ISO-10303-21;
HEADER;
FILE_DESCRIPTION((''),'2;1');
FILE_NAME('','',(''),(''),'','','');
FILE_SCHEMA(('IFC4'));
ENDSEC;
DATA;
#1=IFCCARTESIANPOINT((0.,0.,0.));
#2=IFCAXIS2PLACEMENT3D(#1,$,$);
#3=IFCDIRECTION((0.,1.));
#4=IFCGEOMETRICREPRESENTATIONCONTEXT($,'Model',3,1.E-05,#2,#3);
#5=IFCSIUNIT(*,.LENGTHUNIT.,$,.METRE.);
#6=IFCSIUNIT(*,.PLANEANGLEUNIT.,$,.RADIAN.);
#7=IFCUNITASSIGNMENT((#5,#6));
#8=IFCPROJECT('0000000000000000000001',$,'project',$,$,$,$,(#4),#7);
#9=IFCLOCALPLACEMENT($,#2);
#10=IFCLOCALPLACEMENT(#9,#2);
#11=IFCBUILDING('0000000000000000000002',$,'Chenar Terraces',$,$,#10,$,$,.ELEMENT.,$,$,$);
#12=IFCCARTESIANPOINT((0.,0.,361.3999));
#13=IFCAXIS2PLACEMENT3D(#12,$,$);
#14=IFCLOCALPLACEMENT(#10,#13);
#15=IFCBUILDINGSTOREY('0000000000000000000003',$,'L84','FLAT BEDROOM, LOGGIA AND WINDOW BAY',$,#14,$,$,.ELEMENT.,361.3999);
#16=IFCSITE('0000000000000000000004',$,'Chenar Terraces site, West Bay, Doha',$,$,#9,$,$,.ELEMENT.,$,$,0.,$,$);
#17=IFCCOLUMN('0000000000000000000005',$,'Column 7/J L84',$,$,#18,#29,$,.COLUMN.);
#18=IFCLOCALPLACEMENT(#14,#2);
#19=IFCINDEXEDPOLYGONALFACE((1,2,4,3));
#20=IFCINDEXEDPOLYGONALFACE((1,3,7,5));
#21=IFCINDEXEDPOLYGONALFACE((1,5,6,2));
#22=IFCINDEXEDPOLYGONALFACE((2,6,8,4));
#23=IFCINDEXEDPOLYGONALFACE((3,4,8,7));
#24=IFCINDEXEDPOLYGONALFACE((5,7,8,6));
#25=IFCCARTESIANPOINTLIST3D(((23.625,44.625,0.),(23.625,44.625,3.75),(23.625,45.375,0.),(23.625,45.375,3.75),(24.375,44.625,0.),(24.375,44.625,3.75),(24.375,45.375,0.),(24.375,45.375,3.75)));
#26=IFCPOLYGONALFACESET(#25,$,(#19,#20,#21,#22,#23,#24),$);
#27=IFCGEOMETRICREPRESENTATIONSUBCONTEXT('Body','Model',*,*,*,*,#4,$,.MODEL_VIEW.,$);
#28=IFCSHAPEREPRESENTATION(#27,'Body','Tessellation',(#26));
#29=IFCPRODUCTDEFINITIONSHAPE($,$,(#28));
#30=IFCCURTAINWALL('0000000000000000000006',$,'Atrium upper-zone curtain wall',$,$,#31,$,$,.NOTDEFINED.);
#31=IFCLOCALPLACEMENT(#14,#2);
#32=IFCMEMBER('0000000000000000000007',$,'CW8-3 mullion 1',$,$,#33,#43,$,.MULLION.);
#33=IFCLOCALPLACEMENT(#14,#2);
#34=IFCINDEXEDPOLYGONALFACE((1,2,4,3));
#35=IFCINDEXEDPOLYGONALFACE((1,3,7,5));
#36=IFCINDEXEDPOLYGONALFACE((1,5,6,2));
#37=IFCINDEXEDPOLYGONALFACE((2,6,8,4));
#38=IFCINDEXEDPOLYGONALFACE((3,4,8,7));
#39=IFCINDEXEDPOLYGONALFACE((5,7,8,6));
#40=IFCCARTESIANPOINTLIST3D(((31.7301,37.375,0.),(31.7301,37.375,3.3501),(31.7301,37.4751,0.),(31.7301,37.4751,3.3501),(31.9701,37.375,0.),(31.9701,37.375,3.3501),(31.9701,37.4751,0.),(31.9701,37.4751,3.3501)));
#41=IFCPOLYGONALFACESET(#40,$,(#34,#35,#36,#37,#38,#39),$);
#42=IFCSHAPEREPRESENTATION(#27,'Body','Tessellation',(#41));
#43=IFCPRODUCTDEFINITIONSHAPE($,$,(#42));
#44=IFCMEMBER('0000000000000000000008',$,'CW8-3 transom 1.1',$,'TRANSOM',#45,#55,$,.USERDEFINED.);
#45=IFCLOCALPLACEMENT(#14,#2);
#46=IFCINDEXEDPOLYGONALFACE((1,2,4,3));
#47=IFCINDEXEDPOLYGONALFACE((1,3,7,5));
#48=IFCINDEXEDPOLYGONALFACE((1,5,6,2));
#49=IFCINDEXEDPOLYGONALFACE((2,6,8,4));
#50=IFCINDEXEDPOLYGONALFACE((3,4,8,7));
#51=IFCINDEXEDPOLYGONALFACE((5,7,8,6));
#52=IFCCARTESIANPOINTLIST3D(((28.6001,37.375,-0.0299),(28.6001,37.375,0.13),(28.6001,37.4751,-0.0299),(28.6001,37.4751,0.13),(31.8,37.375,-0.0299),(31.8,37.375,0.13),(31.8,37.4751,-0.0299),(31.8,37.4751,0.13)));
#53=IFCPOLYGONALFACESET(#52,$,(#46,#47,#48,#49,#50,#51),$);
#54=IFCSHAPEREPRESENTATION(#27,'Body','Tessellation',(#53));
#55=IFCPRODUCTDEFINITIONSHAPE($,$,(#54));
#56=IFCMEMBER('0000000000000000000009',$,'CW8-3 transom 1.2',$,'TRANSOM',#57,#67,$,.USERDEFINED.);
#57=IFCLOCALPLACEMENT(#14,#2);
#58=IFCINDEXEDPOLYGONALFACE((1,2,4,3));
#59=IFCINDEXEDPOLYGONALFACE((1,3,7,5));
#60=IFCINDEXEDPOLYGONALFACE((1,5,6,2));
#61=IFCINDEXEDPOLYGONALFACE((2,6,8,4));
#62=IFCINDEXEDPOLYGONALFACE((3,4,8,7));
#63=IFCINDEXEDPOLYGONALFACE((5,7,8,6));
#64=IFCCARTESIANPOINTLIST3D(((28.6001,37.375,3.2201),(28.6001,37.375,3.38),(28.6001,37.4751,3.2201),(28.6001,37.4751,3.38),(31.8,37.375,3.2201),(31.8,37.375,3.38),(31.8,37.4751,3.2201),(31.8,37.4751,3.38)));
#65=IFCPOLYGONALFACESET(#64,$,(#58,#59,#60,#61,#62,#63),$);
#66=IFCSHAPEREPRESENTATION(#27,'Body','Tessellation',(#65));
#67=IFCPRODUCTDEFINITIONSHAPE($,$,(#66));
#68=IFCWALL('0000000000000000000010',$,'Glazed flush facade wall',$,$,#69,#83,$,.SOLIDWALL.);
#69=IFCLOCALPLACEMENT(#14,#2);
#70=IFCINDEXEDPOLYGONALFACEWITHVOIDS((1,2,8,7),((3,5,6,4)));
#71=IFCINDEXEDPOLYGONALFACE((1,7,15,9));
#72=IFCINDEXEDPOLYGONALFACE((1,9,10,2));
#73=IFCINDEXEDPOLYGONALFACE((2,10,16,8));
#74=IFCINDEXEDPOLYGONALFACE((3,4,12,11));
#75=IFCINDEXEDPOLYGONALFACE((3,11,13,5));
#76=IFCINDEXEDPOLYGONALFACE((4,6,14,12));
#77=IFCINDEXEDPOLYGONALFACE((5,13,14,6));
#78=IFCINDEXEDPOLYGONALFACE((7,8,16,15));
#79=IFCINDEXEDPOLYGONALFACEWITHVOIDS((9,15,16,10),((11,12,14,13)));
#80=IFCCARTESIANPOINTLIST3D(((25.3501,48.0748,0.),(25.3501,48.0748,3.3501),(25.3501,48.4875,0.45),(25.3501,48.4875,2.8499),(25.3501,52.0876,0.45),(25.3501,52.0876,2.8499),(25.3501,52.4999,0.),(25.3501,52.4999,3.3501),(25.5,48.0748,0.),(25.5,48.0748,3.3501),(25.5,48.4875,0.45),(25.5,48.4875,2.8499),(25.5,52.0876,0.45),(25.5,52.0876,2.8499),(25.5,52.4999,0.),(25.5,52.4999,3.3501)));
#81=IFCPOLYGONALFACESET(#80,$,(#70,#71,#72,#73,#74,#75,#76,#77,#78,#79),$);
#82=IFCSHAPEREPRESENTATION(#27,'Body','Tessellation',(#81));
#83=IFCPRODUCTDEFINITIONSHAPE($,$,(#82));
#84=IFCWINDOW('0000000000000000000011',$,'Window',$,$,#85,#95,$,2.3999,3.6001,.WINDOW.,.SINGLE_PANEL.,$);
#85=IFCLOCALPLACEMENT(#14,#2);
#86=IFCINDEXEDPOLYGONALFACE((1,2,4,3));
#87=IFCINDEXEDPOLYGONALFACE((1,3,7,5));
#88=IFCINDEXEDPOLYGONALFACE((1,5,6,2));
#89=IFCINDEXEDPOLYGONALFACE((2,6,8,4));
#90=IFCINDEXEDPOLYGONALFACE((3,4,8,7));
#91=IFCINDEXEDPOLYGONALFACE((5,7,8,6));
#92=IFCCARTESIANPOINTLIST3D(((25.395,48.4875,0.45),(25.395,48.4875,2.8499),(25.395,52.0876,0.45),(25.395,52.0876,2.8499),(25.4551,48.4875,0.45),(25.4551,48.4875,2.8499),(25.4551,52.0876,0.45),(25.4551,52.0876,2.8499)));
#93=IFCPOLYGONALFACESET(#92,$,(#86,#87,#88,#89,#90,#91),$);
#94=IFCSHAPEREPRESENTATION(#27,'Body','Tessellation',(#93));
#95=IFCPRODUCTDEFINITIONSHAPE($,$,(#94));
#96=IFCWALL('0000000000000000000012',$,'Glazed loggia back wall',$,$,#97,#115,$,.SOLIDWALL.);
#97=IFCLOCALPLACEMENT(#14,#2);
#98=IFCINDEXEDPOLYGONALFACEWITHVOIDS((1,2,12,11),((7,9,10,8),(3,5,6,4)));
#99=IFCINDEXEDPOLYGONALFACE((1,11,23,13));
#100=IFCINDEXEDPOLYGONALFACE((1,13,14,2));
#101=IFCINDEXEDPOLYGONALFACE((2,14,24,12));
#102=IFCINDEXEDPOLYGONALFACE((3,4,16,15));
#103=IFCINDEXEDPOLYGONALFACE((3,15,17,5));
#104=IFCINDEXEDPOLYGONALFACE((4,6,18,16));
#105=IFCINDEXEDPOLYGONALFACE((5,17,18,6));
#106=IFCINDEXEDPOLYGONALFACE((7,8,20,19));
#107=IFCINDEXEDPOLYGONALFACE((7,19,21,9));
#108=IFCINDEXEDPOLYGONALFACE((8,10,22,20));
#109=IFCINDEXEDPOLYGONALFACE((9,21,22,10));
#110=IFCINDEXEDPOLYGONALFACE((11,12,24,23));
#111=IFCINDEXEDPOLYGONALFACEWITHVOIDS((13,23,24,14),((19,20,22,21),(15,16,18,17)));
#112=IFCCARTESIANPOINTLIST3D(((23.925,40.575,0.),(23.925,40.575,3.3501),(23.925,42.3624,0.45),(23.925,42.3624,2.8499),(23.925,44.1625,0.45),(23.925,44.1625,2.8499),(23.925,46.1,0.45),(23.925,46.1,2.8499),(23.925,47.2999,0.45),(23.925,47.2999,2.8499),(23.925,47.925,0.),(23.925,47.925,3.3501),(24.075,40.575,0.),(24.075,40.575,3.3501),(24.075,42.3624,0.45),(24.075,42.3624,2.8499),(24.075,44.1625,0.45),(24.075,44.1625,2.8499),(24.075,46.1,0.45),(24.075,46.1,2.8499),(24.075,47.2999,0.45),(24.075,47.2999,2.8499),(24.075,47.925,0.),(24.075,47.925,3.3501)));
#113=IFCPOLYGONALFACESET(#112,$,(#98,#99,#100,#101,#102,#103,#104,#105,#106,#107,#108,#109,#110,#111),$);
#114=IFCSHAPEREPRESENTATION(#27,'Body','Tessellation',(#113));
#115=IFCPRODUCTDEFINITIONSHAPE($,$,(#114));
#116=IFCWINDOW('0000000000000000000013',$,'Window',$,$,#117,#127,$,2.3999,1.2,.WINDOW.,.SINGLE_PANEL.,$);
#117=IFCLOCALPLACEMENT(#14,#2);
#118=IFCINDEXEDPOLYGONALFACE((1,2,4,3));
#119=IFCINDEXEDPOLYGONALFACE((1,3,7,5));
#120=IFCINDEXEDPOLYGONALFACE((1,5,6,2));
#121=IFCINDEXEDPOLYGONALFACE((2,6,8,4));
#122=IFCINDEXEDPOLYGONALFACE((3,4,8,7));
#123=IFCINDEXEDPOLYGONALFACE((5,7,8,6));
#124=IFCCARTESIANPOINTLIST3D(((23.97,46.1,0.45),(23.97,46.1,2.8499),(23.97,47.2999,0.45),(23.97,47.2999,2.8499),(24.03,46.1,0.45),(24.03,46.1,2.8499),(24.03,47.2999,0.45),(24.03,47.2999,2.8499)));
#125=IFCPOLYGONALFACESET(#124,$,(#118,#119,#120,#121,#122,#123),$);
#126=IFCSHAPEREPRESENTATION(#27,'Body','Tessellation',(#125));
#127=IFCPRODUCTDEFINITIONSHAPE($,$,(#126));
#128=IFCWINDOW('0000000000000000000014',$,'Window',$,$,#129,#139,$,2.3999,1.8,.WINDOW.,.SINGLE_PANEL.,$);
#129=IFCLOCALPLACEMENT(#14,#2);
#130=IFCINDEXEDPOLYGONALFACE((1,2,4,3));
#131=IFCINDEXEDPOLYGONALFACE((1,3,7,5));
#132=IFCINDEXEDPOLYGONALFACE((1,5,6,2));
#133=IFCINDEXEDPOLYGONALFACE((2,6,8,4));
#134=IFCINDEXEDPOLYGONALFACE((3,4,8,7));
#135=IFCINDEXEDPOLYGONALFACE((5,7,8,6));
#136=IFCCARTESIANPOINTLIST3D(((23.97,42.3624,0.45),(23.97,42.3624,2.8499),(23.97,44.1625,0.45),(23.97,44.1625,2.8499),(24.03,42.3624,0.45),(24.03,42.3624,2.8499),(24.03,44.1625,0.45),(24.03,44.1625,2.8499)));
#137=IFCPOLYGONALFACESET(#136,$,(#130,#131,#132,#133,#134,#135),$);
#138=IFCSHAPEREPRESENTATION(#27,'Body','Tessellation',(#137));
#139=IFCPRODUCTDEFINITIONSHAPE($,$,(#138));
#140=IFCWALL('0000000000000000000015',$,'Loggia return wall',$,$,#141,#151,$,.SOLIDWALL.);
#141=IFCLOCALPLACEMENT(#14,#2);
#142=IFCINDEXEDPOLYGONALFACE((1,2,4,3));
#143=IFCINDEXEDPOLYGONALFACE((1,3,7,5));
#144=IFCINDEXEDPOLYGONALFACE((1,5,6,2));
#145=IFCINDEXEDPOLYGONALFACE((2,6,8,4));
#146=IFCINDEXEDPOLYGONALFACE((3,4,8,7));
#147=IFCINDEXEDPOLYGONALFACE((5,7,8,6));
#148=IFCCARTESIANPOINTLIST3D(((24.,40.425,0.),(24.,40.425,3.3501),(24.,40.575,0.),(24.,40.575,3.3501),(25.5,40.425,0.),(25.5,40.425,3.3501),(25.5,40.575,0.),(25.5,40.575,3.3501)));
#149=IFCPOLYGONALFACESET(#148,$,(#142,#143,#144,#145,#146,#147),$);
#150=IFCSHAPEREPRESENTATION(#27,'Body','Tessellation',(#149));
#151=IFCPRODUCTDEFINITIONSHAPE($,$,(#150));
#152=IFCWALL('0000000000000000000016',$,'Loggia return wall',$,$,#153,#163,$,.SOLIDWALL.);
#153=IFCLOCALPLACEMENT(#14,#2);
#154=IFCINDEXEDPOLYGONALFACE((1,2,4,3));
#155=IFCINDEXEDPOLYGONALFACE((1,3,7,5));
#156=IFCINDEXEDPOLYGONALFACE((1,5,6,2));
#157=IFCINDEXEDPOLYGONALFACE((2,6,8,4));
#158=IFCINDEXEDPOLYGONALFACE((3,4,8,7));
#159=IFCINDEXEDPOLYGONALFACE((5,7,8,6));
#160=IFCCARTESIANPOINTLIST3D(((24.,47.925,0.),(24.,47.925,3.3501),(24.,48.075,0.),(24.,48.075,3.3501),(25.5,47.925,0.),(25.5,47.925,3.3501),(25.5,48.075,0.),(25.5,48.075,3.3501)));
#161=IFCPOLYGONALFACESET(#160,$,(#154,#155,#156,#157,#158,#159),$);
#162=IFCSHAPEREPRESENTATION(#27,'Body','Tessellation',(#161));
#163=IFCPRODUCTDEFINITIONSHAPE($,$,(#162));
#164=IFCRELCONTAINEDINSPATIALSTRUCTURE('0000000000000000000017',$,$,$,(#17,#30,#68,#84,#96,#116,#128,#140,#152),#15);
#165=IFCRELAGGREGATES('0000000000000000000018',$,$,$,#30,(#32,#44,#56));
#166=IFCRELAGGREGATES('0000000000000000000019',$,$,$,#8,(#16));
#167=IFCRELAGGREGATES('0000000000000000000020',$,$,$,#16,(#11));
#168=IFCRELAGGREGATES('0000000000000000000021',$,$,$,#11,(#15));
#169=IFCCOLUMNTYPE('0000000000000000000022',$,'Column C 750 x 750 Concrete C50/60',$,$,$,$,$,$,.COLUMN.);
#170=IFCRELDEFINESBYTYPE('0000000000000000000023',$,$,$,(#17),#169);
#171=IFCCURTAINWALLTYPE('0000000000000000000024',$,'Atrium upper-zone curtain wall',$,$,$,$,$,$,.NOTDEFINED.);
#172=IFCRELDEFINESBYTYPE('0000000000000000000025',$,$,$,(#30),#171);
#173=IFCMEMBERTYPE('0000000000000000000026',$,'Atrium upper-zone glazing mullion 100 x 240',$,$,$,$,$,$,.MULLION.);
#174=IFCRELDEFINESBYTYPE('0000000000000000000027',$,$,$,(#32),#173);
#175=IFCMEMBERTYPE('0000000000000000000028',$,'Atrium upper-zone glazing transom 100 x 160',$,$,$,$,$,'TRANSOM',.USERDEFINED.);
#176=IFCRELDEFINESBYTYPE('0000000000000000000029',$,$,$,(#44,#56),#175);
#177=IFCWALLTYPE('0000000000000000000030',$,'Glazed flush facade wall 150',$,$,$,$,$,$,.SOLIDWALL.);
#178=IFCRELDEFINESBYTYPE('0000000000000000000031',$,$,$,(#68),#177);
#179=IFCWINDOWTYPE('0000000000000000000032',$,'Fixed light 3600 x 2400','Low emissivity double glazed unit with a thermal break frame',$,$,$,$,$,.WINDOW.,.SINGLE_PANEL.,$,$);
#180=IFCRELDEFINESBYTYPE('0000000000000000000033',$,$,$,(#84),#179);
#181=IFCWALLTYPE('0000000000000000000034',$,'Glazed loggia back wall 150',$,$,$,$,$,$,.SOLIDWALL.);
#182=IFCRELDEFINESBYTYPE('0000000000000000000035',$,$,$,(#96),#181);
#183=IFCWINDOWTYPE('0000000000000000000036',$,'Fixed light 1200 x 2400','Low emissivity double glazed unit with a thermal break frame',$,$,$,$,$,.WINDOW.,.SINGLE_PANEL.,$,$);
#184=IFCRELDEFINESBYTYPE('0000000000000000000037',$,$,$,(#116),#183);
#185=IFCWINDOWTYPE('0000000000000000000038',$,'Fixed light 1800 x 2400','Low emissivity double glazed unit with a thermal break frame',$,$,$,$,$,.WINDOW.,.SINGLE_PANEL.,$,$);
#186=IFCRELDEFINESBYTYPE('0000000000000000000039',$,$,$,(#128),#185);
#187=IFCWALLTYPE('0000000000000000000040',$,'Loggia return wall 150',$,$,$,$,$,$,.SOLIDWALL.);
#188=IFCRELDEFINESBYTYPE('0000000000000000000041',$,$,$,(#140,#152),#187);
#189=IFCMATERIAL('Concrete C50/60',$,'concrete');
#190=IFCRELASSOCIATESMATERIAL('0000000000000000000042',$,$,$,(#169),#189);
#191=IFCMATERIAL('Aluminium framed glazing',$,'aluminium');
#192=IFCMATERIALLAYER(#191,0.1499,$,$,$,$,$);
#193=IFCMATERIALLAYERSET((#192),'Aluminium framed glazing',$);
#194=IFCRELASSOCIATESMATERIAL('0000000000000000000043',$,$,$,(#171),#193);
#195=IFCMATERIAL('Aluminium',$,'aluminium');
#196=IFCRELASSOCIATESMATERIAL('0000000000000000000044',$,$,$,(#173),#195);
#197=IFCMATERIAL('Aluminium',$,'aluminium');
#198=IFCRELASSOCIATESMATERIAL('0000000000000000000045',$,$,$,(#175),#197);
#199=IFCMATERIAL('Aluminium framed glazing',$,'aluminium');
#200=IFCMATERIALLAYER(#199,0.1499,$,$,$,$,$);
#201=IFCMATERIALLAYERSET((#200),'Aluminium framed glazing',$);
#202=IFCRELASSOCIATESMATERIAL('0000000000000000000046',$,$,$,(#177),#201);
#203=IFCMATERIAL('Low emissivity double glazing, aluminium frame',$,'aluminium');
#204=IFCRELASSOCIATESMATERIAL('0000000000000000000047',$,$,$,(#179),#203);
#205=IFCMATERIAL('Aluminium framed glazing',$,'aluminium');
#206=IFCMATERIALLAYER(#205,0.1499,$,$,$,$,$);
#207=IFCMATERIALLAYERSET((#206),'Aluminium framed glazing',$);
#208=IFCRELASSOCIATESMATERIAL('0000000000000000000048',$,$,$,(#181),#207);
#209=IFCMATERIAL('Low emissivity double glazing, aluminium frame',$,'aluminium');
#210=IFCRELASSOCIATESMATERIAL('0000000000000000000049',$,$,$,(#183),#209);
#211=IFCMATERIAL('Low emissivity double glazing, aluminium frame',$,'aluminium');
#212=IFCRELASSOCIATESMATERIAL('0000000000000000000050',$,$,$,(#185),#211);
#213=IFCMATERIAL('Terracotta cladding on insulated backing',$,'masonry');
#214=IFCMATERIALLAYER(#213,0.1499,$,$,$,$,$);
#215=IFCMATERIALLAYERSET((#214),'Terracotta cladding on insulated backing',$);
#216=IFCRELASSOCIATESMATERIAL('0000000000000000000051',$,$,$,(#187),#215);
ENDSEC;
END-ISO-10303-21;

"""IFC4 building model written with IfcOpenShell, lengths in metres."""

from ifc_helpers import new_model, si_unit, direction, frame, frame_2d, origin, origin_2d, place, context, subcontext, project, spatial, rectangle, extrude, material, layer, layer_set, material_profile, profile_set, type_object, element, fill, aggregate, save


model = new_model("IFC4")

# Units and contexts
model_context = context("Model", 3, precision=1e-05, world=origin(), true_north=direction((0.0, 1.0)))
body_context = subcontext(model_context, "Body", "Model", "MODEL_VIEW")
ifc_project = project(units=[si_unit("LENGTHUNIT", "METRE"), si_unit("PLANEANGLEUNIT", "RADIAN")], contexts=[model_context])

# Site, building, storey
site_placement = place(None, origin())
site = spatial("IfcSite", under=ifc_project, at=site_placement, Name="Chenar Terraces site, West Bay, Doha", CompositionType="ELEMENT", RefElevation=0.0)
building_placement = place(site_placement, origin())
building = spatial("IfcBuilding", under=site, at=building_placement, Name="Chenar Terraces", CompositionType="ELEMENT")
storey_placement = place(building_placement, frame((0.0, 0.0, 361.3999)))
storey = spatial("IfcBuildingStorey", under=building, at=storey_placement, Name="L84", Description="FLAT BEDROOM, LOGGIA AND WINDOW BAY", CompositionType="ELEMENT", Elevation=361.3999)

# Column
ifc_material_1 = material(Name="Concrete C50/60", Category="concrete")
ifc_material_profile_1 = material_profile(ifc_material_1, rectangle(XDim=0.75, YDim=0.75, at=origin_2d()), Name="C 750 x 750")
ifc_profile_set_1 = profile_set([ifc_material_profile_1], Name="Concrete C50/60")
column_type = type_object("IfcColumnType", Name="Column C 750 x 750 Concrete C50/60", PredefinedType="COLUMN", material=ifc_profile_set_1)
column_placement = place(storey_placement, frame((24.0, 45.0, 0.0), z_axis=(0.0, 0.0, 1.0), x_axis=(1.0, 0.0, 0.0)))
element("IfcColumn", 1, at=column_placement, inside=storey, type_object=column_type, Name="Column 7/J L84", PredefinedType="COLUMN", context=body_context, shape_type="SweptSolid", body=[
    extrude(rectangle(XDim=0.75, YDim=0.75, at=origin_2d()), origin(), (0.0, 0.0, 1.0), 3.75),
])

# Curtain wall, members
ifc_material_2 = material(Name="Aluminium framed glazing", Category="aluminium")
ifc_layer_1 = layer(ifc_material_2, 0.1499)
ifc_layer_set_1 = layer_set([ifc_layer_1], Name="Aluminium framed glazing")
curtain_wall_type = type_object("IfcCurtainWallType", Name="Atrium upper-zone curtain wall", PredefinedType="NOTDEFINED", material=ifc_layer_set_1)
curtain_wall_placement = place(storey_placement, origin())
curtain_wall = element("IfcCurtainWall", 2, at=curtain_wall_placement, inside=storey, type_object=curtain_wall_type, Name="Atrium upper-zone curtain wall", PredefinedType="NOTDEFINED")
ifc_material_3 = material(Name="Aluminium", Category="aluminium")
ifc_material_profile_2 = material_profile(ifc_material_3, rectangle(XDim=0.1001, YDim=0.24, at=origin_2d()), Name="Atrium upper-zone glazing mullion 100 x 240")
ifc_profile_set_2 = profile_set([ifc_material_profile_2], Name="Aluminium")
member_type_1 = type_object("IfcMemberType", Name="Atrium upper-zone glazing mullion 100 x 240", PredefinedType="MULLION", material=ifc_profile_set_2)
member_1_placement = place(storey_placement, frame((31.8501, 37.425, 0.0), z_axis=(0.0, 0.0, 1.0), x_axis=(0.0, -1.0, 0.0)))
member_1 = element("IfcMember", 3, at=member_1_placement, type_object=member_type_1, Name="CW8-3 mullion 1", PredefinedType="MULLION", context=body_context, shape_type="SweptSolid", body=[
    extrude(rectangle(XDim=0.1001, YDim=0.24, at=origin_2d()), origin(), (0.0, 0.0, 1.0), 3.3501),
])
ifc_material_4 = material(Name="Aluminium", Category="aluminium")
ifc_material_profile_3 = material_profile(ifc_material_4, rectangle(XDim=0.1001, YDim=0.1599, at=origin_2d()), Name="Atrium upper-zone glazing transom 100 x 160")
ifc_profile_set_3 = profile_set([ifc_material_profile_3], Name="Aluminium")
member_type_2 = type_object("IfcMemberType", Name="Atrium upper-zone glazing transom 100 x 160", ElementType="TRANSOM", PredefinedType="USERDEFINED", material=ifc_profile_set_3)
member_2_placement = place(storey_placement, frame((31.8, 37.425, 0.05), z_axis=(-1.0, 0.0, 0.0), x_axis=(0.0, -1.0, 0.0)))
member_2 = element("IfcMember", 4, at=member_2_placement, type_object=member_type_2, Name="CW8-3 transom 1.1", ObjectType="TRANSOM", PredefinedType="USERDEFINED", context=body_context, shape_type="SweptSolid", body=[
    extrude(rectangle(XDim=0.1001, YDim=0.1599, at=origin_2d()), origin(), (0.0, 0.0, 1.0), 3.2),
])
member_3_placement = place(storey_placement, frame((31.8, 37.425, 3.3), z_axis=(-1.0, 0.0, 0.0), x_axis=(0.0, -1.0, 0.0)))
member_3 = element("IfcMember", 5, at=member_3_placement, type_object=member_type_2, Name="CW8-3 transom 1.2", ObjectType="TRANSOM", PredefinedType="USERDEFINED", context=body_context, shape_type="SweptSolid", body=[
    extrude(rectangle(XDim=0.1001, YDim=0.1599, at=origin_2d()), origin(), (0.0, 0.0, 1.0), 3.2),
])
aggregate(curtain_wall, [member_1, member_2, member_3])

# Wall, opening, window
ifc_material_5 = material(Name="Aluminium framed glazing", Category="aluminium")
ifc_layer_2 = layer(ifc_material_5, 0.1499)
ifc_layer_set_2 = layer_set([ifc_layer_2], Name="Aluminium framed glazing")
wall_type_1 = type_object("IfcWallType", Name="Glazed flush facade wall 150", PredefinedType="SOLIDWALL", material=ifc_layer_set_2)
wall_1_placement = place(storey_placement, frame((25.425, 48.075, 0.0), z_axis=(0.0, 0.0, 1.0), x_axis=(0.0, 1.0, 0.0)))
wall_1 = element("IfcWall", 6, at=wall_1_placement, inside=storey, type_object=wall_type_1, Name="Glazed flush facade wall", PredefinedType="SOLIDWALL", context=body_context, shape_type="SweptSolid", body=[
    extrude(rectangle(XDim=4.425, YDim=0.1499, at=frame_2d((2.2124, 0.0))), origin(), (0.0, 0.0, 1.0), 3.3501),
])
opening_1_placement = place(wall_1_placement, frame((0.4126, 0.0, 0.45)))
opening_1 = element("IfcOpeningElement", 7, at=opening_1_placement, cuts=wall_1, PredefinedType="OPENING", context=body_context, shape_type="SweptSolid", body=[
    extrude(rectangle(XDim=3.6001, YDim=2.3999, at=frame_2d((1.8, 1.2))), frame((0.0, 0.085, 0.0), z_axis=(0.0, -1.0, 0.0), x_axis=(1.0, 0.0, 0.0)), (0.0, 0.0, 1.0), 0.1699),
])
ifc_material_6 = material(Name="Low emissivity double glazing, aluminium frame", Category="aluminium")
window_type_1 = type_object("IfcWindowType", Name="Fixed light 3600 x 2400", Description="Low emissivity double glazed unit with a thermal break frame", PartitioningType="SINGLE_PANEL", PredefinedType="WINDOW", material=ifc_material_6)
window_1_placement = place(opening_1_placement, origin())
window_1 = element("IfcWindow", 8, at=window_1_placement, inside=storey, type_object=window_type_1, Name="Window", OverallHeight=2.3999, OverallWidth=3.6001, PartitioningType="SINGLE_PANEL", PredefinedType="WINDOW", context=body_context, shape_type="SweptSolid", body=[
    extrude(rectangle(XDim=3.6001, YDim=2.3999, at=frame_2d((1.8, 1.2))), frame((0.0, 0.03, 0.0), z_axis=(0.0, -1.0, 0.0), x_axis=(1.0, 0.0, 0.0)), (0.0, 0.0, 1.0), 0.0601),
])
fill(opening_1, window_1)

# Wall, openings, windows
ifc_material_7 = material(Name="Aluminium framed glazing", Category="aluminium")
ifc_layer_3 = layer(ifc_material_7, 0.1499)
ifc_layer_set_3 = layer_set([ifc_layer_3], Name="Aluminium framed glazing")
wall_type_2 = type_object("IfcWallType", Name="Glazed loggia back wall 150", PredefinedType="SOLIDWALL", material=ifc_layer_set_3)
wall_2_placement = place(storey_placement, frame((24.0, 40.575, 0.0), z_axis=(0.0, 0.0, 1.0), x_axis=(0.0, 1.0, 0.0)))
wall_2 = element("IfcWall", 9, at=wall_2_placement, inside=storey, type_object=wall_type_2, Name="Glazed loggia back wall", PredefinedType="SOLIDWALL", context=body_context, shape_type="SweptSolid", body=[
    extrude(rectangle(XDim=7.3501, YDim=0.1499, at=frame_2d((3.675, 0.0))), origin(), (0.0, 0.0, 1.0), 3.3501),
])
opening_2_placement = place(wall_2_placement, frame((1.7876, 0.0, 0.45)))
opening_2 = element("IfcOpeningElement", 10, at=opening_2_placement, cuts=wall_2, PredefinedType="OPENING", context=body_context, shape_type="SweptSolid", body=[
    extrude(rectangle(XDim=1.8, YDim=2.3999, at=frame_2d((0.8999, 1.2))), frame((0.0, 0.085, 0.0), z_axis=(0.0, -1.0, 0.0), x_axis=(1.0, 0.0, 0.0)), (0.0, 0.0, 1.0), 0.1699),
])
opening_3_placement = place(wall_2_placement, frame((5.5249, 0.0, 0.45)))
opening_3 = element("IfcOpeningElement", 11, at=opening_3_placement, cuts=wall_2, PredefinedType="OPENING", context=body_context, shape_type="SweptSolid", body=[
    extrude(rectangle(XDim=1.2, YDim=2.3999, at=frame_2d((0.6001, 1.2))), frame((0.0, 0.085, 0.0), z_axis=(0.0, -1.0, 0.0), x_axis=(1.0, 0.0, 0.0)), (0.0, 0.0, 1.0), 0.1699),
])
ifc_material_8 = material(Name="Low emissivity double glazing, aluminium frame", Category="aluminium")
window_type_2 = type_object("IfcWindowType", Name="Fixed light 1200 x 2400", Description="Low emissivity double glazed unit with a thermal break frame", PartitioningType="SINGLE_PANEL", PredefinedType="WINDOW", material=ifc_material_8)
window_2_placement = place(opening_3_placement, origin())
window_2 = element("IfcWindow", 12, at=window_2_placement, inside=storey, type_object=window_type_2, Name="Window", OverallHeight=2.3999, OverallWidth=1.2, PartitioningType="SINGLE_PANEL", PredefinedType="WINDOW", context=body_context, shape_type="SweptSolid", body=[
    extrude(rectangle(XDim=1.2, YDim=2.3999, at=frame_2d((0.6001, 1.2))), frame((0.0, 0.03, 0.0), z_axis=(0.0, -1.0, 0.0), x_axis=(1.0, 0.0, 0.0)), (0.0, 0.0, 1.0), 0.0601),
])
fill(opening_3, window_2)
ifc_material_9 = material(Name="Low emissivity double glazing, aluminium frame", Category="aluminium")
window_type_3 = type_object("IfcWindowType", Name="Fixed light 1800 x 2400", Description="Low emissivity double glazed unit with a thermal break frame", PartitioningType="SINGLE_PANEL", PredefinedType="WINDOW", material=ifc_material_9)
window_3_placement = place(opening_2_placement, origin())
window_3 = element("IfcWindow", 13, at=window_3_placement, inside=storey, type_object=window_type_3, Name="Window", OverallHeight=2.3999, OverallWidth=1.8, PartitioningType="SINGLE_PANEL", PredefinedType="WINDOW", context=body_context, shape_type="SweptSolid", body=[
    extrude(rectangle(XDim=1.8, YDim=2.3999, at=frame_2d((0.8999, 1.2))), frame((0.0, 0.03, 0.0), z_axis=(0.0, -1.0, 0.0), x_axis=(1.0, 0.0, 0.0)), (0.0, 0.0, 1.0), 0.0601),
])
fill(opening_2, window_3)

# Walls
ifc_material_10 = material(Name="Terracotta cladding on insulated backing", Category="masonry")
ifc_layer_4 = layer(ifc_material_10, 0.1499)
ifc_layer_set_4 = layer_set([ifc_layer_4], Name="Terracotta cladding on insulated backing")
wall_type_3 = type_object("IfcWallType", Name="Loggia return wall 150", PredefinedType="SOLIDWALL", material=ifc_layer_set_4)
for number, where, z_axis, x_axis, name in (
    (14, (25.5, 40.5, 0.0), (0.0, 0.0, 1.0), (-1.0, 0.0, 0.0), "Loggia return wall"),
    (15, (25.5, 48.0, 0.0), (0.0, 0.0, 1.0), (-1.0, 0.0, 0.0), "Loggia return wall"),
):
    element("IfcWall", number, at=place(storey_placement, frame(where, z_axis=z_axis, x_axis=x_axis)), inside=storey, type_object=wall_type_3, Name=name, PredefinedType="SOLIDWALL", context=body_context, shape_type="SweptSolid", body=[
        extrude(rectangle(XDim=1.5, YDim=0.1499, at=frame_2d((0.75, 0.0))), origin(), (0.0, 0.0, 1.0), 3.3501),
    ])

save(model, "model.ifc")
